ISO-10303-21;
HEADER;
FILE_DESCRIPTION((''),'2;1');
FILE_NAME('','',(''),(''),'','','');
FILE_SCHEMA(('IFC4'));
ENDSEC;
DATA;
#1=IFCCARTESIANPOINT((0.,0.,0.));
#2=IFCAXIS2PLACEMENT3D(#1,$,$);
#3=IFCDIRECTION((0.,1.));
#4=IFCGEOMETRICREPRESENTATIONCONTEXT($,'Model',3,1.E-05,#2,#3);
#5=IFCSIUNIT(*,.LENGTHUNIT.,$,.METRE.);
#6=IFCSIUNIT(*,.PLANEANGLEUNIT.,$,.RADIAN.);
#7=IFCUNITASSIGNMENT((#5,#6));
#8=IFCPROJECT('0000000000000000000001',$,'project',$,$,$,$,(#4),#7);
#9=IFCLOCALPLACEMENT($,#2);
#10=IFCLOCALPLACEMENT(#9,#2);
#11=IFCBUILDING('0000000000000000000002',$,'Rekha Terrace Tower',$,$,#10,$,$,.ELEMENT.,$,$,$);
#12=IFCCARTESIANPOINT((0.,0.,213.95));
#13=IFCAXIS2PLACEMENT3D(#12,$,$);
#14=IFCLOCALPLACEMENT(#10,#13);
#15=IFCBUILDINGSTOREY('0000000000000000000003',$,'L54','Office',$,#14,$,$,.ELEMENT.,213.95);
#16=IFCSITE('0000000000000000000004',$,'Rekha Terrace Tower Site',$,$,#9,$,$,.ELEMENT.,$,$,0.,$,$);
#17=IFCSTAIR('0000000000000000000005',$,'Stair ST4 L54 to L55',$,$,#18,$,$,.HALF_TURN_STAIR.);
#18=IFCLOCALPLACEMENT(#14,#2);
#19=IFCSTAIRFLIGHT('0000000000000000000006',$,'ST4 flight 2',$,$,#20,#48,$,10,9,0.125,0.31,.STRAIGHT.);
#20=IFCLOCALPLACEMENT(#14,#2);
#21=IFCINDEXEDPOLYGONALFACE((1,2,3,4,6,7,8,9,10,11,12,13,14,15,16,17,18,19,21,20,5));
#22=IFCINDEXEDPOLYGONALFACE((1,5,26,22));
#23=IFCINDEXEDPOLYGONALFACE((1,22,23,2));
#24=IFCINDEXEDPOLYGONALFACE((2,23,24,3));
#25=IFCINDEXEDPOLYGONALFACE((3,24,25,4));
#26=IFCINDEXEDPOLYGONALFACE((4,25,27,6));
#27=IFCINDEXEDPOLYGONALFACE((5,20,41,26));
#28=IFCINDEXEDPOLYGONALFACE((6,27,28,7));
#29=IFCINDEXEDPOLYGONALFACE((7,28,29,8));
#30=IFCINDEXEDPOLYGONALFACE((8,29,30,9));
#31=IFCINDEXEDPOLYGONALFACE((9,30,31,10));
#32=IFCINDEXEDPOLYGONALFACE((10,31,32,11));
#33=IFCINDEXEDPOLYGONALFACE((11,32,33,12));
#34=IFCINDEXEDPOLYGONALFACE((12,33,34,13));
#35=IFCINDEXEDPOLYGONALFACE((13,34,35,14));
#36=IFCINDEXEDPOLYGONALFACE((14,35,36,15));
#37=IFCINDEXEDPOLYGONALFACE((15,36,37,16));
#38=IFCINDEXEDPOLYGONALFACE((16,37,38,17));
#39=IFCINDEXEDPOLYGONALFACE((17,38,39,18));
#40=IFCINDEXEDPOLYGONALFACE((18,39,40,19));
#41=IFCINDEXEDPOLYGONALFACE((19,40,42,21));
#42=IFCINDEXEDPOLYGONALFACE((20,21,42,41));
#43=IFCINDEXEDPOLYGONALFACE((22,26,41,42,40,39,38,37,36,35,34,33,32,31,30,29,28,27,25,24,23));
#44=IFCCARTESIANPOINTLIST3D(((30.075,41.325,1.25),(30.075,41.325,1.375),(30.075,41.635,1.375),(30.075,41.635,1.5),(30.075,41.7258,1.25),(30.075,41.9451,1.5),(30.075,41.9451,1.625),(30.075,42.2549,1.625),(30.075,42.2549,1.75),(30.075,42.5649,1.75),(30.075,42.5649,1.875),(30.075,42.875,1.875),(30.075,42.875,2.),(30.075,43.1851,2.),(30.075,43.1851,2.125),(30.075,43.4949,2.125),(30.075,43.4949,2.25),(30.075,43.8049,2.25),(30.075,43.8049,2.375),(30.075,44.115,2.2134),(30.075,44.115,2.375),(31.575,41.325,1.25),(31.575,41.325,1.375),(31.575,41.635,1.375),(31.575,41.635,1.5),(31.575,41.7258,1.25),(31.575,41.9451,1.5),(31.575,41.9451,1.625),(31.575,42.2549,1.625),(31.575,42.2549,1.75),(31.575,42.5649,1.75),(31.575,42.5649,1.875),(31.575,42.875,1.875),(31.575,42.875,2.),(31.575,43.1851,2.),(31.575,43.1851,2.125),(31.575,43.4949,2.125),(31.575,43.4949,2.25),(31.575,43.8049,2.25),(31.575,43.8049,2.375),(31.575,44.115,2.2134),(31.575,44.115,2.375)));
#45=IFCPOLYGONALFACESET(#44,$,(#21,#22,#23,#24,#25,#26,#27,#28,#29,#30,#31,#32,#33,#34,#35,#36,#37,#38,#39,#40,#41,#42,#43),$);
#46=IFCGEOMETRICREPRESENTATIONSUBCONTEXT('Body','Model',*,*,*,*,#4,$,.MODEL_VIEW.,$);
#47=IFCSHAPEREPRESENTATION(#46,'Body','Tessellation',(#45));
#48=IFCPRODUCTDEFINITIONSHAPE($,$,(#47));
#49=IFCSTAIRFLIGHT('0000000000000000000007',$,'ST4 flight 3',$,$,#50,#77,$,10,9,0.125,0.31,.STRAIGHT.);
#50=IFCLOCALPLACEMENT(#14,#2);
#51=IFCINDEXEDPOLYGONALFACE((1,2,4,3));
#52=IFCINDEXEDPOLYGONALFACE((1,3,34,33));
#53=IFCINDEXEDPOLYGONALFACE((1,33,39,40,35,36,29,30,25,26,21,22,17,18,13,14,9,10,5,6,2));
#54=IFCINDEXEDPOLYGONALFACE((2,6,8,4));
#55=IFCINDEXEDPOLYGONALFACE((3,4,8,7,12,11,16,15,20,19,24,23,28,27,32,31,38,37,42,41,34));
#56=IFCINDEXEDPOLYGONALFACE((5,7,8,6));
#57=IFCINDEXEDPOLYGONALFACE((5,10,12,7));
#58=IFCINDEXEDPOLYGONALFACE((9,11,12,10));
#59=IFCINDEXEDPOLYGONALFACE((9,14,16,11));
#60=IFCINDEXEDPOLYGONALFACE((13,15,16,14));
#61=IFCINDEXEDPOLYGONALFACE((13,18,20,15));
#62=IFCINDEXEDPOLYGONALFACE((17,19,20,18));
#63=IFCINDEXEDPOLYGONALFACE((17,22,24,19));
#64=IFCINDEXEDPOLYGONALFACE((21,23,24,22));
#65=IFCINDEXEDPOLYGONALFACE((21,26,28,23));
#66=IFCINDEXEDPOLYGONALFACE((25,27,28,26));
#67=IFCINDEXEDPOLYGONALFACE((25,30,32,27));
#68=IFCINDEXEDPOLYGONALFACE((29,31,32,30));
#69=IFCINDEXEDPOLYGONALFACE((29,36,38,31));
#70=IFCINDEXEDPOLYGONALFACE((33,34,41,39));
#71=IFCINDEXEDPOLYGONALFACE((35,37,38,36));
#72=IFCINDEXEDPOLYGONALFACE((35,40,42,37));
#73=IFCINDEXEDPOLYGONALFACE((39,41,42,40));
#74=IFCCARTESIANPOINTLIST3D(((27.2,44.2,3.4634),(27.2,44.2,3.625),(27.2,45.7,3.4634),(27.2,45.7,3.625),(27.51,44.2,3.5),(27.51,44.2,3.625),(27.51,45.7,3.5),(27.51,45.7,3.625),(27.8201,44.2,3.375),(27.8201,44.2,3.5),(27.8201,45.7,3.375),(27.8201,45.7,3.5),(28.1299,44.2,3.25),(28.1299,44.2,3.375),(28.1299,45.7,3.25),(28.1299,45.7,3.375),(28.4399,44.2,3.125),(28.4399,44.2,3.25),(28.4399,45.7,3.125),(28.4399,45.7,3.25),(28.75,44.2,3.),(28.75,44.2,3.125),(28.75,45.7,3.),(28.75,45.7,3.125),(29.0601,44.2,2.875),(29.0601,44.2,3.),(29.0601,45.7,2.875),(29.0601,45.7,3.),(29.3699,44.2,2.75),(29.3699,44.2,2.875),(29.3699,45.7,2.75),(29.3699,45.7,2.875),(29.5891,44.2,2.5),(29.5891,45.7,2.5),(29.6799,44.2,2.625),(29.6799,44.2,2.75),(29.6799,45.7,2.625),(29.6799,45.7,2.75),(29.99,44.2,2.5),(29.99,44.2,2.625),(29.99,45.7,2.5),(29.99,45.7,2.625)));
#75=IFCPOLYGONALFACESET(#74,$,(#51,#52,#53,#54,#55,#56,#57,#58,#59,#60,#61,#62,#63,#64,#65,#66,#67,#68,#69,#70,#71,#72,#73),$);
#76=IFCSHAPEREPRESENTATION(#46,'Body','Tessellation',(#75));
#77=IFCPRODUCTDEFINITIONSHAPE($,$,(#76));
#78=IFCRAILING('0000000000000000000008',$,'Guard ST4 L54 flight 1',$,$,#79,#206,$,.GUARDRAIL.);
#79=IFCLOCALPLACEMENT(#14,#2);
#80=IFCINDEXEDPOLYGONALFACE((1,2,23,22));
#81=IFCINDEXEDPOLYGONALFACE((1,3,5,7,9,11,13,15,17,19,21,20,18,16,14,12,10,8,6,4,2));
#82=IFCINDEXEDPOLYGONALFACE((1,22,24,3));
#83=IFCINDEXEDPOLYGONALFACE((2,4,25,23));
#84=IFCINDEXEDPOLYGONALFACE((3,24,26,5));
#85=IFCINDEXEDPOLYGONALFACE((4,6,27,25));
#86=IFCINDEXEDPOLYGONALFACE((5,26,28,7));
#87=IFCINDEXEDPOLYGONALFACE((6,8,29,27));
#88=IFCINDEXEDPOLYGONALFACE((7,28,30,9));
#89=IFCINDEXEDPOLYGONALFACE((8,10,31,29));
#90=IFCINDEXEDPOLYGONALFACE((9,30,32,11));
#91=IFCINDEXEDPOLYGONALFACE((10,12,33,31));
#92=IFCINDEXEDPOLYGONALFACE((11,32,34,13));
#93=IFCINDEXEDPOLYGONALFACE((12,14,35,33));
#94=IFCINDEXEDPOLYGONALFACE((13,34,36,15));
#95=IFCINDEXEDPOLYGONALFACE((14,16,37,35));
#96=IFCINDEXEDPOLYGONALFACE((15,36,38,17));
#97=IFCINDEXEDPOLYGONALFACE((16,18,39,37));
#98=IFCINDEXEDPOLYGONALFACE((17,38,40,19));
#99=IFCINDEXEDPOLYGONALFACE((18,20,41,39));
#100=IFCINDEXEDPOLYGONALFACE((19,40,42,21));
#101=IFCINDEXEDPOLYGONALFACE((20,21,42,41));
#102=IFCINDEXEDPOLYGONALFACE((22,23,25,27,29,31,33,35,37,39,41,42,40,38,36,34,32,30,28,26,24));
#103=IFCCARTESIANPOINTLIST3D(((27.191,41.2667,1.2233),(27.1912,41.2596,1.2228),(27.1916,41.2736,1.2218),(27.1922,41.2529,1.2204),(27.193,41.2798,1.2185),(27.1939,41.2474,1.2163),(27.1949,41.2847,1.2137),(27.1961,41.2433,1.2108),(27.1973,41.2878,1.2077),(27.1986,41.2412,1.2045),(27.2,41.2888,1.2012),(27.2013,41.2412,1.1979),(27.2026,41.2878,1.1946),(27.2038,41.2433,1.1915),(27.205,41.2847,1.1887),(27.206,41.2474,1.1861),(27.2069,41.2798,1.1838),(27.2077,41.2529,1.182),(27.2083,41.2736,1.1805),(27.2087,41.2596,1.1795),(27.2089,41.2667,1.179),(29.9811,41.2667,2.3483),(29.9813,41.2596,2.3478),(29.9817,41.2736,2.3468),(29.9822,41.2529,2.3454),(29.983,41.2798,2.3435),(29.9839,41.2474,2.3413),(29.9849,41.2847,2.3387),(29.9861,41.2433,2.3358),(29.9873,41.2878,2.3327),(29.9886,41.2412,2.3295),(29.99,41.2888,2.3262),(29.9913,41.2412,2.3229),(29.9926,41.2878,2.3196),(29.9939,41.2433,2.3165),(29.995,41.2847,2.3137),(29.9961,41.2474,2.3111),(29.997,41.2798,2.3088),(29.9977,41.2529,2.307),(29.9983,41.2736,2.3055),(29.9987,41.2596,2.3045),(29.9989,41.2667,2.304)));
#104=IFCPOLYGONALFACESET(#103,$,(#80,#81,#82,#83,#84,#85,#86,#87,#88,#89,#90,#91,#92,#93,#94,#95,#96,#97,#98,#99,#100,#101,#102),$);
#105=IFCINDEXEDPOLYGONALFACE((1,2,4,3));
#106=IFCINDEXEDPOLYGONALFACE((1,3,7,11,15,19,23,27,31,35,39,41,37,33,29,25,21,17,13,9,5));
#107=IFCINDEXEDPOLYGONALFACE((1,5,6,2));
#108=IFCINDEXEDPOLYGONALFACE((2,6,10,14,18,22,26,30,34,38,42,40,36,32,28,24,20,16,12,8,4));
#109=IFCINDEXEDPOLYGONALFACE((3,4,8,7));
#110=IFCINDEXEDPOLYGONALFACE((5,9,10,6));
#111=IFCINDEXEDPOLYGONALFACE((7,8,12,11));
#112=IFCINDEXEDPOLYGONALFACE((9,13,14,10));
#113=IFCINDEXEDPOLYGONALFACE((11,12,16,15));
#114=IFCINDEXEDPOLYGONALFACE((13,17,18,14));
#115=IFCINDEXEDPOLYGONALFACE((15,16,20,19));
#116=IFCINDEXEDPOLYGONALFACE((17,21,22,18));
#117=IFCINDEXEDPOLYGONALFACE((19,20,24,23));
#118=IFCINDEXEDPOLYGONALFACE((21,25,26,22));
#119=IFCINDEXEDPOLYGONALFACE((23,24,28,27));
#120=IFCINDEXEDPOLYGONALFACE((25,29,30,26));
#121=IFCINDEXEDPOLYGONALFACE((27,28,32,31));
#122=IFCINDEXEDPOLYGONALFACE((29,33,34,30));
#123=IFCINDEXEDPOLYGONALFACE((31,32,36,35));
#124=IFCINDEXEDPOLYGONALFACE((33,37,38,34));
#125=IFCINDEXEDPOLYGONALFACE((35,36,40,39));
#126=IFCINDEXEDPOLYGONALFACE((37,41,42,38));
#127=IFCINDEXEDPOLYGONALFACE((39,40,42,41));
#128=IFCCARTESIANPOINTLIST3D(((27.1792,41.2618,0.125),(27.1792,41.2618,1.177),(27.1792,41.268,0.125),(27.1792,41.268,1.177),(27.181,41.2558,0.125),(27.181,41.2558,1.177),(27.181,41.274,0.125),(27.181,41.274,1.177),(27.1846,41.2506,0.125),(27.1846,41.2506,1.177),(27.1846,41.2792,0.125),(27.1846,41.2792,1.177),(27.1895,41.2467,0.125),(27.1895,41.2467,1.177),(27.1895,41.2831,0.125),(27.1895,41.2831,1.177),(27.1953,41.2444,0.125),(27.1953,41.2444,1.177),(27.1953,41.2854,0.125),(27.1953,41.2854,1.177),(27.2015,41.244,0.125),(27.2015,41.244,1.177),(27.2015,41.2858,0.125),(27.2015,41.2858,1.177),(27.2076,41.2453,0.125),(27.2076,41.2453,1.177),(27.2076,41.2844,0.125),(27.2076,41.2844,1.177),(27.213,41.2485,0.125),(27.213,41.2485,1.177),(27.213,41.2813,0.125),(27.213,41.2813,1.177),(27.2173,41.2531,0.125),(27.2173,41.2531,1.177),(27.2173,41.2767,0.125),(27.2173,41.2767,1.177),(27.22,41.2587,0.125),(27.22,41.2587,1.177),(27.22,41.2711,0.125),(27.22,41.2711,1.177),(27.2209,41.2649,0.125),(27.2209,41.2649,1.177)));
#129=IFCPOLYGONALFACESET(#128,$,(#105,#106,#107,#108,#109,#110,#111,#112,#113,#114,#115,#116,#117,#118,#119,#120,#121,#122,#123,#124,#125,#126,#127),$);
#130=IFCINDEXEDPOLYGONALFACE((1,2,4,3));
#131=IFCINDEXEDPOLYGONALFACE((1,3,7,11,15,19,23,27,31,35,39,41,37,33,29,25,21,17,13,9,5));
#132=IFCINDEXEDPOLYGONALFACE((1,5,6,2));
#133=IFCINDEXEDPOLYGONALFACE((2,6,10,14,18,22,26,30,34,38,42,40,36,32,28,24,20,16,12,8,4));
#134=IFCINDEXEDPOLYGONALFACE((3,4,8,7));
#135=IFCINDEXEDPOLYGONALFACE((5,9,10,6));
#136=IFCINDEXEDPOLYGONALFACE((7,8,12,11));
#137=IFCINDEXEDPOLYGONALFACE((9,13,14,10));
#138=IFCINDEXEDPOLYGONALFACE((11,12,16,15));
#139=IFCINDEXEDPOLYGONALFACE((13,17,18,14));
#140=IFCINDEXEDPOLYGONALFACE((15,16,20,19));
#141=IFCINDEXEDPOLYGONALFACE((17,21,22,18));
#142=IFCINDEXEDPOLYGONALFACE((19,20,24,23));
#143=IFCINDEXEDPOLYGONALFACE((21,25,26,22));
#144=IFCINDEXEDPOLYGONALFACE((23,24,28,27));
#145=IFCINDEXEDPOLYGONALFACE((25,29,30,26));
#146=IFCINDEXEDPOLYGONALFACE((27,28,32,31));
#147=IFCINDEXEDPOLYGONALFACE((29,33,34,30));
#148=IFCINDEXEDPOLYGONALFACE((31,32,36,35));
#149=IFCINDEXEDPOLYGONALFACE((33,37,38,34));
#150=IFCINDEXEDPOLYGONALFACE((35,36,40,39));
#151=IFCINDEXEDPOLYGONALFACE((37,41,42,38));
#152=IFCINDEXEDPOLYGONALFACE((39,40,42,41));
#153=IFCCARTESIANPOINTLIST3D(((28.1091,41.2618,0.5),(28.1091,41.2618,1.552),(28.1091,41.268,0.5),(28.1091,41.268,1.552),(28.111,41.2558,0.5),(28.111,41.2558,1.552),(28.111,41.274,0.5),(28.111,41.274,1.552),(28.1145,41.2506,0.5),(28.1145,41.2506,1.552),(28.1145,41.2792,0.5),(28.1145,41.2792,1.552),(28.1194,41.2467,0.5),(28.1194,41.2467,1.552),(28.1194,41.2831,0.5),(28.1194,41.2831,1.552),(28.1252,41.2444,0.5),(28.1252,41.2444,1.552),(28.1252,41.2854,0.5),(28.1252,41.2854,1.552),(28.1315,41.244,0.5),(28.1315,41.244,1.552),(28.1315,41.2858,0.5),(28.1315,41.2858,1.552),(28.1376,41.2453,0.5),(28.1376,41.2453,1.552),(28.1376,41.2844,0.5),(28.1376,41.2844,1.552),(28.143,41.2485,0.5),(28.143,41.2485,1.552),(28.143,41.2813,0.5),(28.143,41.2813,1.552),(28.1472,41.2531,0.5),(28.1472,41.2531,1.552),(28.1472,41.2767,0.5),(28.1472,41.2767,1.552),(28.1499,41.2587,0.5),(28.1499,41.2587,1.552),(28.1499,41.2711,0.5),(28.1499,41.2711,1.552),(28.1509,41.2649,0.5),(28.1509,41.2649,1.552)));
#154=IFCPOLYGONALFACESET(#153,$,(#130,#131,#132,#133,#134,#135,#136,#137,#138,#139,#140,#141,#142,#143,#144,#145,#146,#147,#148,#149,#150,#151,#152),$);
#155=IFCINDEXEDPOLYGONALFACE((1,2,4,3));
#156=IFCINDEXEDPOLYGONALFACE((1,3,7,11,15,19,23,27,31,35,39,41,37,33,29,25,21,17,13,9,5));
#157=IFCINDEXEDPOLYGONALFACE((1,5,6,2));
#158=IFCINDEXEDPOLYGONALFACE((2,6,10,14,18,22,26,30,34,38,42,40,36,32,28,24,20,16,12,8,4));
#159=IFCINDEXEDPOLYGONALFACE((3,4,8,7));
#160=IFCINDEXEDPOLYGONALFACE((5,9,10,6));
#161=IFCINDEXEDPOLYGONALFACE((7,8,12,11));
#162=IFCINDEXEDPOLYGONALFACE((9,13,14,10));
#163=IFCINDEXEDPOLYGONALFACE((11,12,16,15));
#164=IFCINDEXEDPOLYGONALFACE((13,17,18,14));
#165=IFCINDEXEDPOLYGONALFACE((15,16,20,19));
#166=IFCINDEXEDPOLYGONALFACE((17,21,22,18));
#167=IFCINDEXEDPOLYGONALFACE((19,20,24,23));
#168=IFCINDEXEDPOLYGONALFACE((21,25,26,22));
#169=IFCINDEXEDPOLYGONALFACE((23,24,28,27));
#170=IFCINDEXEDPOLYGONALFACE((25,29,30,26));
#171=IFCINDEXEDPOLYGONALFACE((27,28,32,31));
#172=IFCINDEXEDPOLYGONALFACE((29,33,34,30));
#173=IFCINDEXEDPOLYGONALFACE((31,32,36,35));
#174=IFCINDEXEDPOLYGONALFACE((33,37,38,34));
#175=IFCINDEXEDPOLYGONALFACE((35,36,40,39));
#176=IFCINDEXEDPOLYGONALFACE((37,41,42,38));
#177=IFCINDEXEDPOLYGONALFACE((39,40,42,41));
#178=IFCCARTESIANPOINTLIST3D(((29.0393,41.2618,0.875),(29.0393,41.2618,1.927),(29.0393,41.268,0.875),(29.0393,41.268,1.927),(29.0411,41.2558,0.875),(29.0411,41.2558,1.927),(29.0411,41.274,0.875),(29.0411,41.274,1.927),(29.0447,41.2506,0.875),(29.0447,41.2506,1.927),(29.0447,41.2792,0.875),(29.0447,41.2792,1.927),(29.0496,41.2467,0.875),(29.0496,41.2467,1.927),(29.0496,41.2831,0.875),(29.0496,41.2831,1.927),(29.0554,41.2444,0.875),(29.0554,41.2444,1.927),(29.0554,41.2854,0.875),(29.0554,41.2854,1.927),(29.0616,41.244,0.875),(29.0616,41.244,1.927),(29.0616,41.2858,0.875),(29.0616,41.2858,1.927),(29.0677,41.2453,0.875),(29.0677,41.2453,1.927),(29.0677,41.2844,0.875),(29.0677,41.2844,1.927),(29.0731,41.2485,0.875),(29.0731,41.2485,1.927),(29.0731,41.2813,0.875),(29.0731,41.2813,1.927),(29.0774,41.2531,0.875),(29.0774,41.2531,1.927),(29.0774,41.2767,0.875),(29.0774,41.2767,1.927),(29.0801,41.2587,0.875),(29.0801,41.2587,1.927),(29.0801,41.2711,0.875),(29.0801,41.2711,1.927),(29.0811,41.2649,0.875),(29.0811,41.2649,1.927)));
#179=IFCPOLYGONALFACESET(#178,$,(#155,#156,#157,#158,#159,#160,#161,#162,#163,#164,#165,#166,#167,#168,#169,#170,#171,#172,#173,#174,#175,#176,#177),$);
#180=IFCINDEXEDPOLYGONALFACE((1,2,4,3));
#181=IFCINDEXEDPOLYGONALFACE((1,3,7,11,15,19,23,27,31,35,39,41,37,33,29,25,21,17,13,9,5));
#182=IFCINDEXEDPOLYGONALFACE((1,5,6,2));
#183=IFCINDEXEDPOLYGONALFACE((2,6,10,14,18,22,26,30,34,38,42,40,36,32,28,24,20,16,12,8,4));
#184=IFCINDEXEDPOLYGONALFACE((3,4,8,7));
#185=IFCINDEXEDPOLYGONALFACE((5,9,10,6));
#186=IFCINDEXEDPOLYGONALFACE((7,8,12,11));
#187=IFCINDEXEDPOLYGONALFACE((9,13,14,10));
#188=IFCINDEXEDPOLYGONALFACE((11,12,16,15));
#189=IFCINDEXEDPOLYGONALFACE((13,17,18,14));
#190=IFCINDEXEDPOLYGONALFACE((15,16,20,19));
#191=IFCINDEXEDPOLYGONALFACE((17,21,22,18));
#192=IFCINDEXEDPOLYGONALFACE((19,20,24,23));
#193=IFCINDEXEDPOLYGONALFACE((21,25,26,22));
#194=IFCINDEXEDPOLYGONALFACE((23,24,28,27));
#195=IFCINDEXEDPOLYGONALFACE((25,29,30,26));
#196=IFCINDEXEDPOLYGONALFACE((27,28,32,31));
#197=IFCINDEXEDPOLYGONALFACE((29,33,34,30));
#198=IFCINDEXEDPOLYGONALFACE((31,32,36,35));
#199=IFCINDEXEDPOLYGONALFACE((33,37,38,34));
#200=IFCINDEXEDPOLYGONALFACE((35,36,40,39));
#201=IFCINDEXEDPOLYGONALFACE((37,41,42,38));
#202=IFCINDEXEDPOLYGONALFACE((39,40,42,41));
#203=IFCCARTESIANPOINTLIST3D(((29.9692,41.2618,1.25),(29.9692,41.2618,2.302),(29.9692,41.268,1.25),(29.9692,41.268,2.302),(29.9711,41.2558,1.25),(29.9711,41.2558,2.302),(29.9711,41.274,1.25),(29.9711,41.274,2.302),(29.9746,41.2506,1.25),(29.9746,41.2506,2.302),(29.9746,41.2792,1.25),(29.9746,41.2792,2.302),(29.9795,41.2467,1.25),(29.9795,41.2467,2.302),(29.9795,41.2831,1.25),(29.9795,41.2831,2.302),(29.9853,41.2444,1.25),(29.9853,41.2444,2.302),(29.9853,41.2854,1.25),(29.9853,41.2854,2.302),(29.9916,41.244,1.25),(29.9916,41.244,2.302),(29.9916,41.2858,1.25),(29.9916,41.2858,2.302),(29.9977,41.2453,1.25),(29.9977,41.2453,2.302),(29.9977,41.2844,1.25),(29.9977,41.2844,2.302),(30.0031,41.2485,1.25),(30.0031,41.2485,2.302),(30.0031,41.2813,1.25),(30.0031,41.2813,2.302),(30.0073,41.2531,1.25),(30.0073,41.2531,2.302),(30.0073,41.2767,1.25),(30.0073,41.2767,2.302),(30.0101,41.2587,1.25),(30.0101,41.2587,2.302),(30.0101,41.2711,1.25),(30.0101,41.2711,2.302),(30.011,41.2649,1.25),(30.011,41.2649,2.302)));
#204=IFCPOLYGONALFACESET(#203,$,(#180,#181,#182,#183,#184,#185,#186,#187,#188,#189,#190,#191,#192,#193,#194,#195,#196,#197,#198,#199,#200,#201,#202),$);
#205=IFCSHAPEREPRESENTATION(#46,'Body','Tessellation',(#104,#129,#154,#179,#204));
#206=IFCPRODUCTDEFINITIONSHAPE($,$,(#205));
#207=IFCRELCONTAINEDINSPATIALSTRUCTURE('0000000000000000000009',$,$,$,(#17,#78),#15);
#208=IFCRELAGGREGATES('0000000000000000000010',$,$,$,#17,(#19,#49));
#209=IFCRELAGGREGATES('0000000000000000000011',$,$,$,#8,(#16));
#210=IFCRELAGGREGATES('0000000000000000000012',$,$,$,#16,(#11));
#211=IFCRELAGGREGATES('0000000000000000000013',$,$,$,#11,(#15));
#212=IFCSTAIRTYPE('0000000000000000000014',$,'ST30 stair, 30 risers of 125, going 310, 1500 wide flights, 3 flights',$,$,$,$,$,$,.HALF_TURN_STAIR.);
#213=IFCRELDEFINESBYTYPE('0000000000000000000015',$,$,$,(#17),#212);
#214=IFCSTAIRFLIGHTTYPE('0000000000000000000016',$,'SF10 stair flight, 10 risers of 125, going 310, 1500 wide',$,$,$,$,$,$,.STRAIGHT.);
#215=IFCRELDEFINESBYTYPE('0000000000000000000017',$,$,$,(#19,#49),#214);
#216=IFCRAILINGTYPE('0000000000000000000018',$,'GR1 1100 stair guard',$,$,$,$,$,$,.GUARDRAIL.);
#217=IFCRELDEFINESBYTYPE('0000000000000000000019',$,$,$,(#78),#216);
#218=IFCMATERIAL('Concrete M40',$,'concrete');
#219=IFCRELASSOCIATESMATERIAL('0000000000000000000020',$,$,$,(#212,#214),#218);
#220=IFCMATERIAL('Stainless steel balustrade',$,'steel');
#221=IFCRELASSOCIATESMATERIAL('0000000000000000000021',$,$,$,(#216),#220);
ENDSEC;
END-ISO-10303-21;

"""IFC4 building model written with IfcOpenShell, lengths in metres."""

from ifc_helpers import new_model, si_unit, direction, frame, origin, origin_2d, place, context, subcontext, project, spatial, polyline, circle, outline, extrude, material, type_object, element, aggregate, save


model = new_model("IFC4")

# Units and contexts
model_context = context("Model", 3, precision=1e-05, world=origin(), true_north=direction((0.0, 1.0)))
body_context = subcontext(model_context, "Body", "Model", "MODEL_VIEW")
ifc_project = project(units=[si_unit("LENGTHUNIT", "METRE"), si_unit("PLANEANGLEUNIT", "RADIAN")], contexts=[model_context])

# Site, building, storey
site_placement = place(None, origin())
site = spatial("IfcSite", under=ifc_project, at=site_placement, Name="Rekha Terrace Tower Site", CompositionType="ELEMENT", RefElevation=0.0)
building_placement = place(site_placement, origin())
building = spatial("IfcBuilding", under=site, at=building_placement, Name="Rekha Terrace Tower", CompositionType="ELEMENT")
storey_placement = place(building_placement, frame((0.0, 0.0, 213.95)))
storey = spatial("IfcBuildingStorey", under=building, at=storey_placement, Name="L54", Description="Office", CompositionType="ELEMENT", Elevation=213.95)

# Stair, stair flights
ifc_material_1 = material(Name="Concrete M40", Category="concrete")
stair_type = type_object("IfcStairType", Name="ST30 stair, 30 risers of 125, going 310, 1500 wide flights, 3 flights", PredefinedType="HALF_TURN_STAIR", material=ifc_material_1)
stair_placement = place(storey_placement, origin())
stair = element("IfcStair", 1, at=stair_placement, inside=storey, type_object=stair_type, Name="Stair ST4 L54 to L55", PredefinedType="HALF_TURN_STAIR")
stair_flight_type = type_object("IfcStairFlightType", Name="SF10 stair flight, 10 risers of 125, going 310, 1500 wide", PredefinedType="STRAIGHT", material=ifc_material_1)
stair_flight_1_placement = place(storey_placement, frame((30.825, 41.325, 1.25), z_axis=(0.0, 0.0, 1.0), x_axis=(0.0, 1.0, 0.0)))
stair_flight_1 = element("IfcStairFlight", 2, at=stair_flight_1_placement, type_object=stair_flight_type, Name="ST4 flight 2", NumberOfRisers=10, NumberOfTreads=9, PredefinedType="STRAIGHT", RiserHeight=0.125, TreadLength=0.31, context=body_context, shape_type="SweptSolid", body=[
    extrude(outline(polyline([(0.0, 0.0), (0.0, 0.125), (0.3101, 0.125), (0.3101, 0.25), (0.6201, 0.25), (0.6201, 0.375), (0.9299, 0.375), (0.9299, 0.5), (1.24, 0.5), (1.24, 0.625), (1.55, 0.625), (1.55, 0.75), (1.8601, 0.75), (1.8601, 0.875), (2.1699, 0.875), (2.1699, 1.0), (2.48, 1.0), (2.48, 1.125), (2.79, 1.125), (2.79, 1.25), (2.79, 0.9634), (0.4009, 0.0), (0.0, 0.0)])), frame((0.0, 0.75, 0.0), z_axis=(0.0, -1.0, 0.0), x_axis=(1.0, 0.0, 0.0)), (0.0, 0.0, 1.0), 1.5),
])
stair_flight_2_placement = place(storey_placement, frame((29.99, 44.95, 2.5), z_axis=(0.0, 0.0, 1.0), x_axis=(-1.0, 0.0, 0.0)))
stair_flight_2 = element("IfcStairFlight", 3, at=stair_flight_2_placement, type_object=stair_flight_type, Name="ST4 flight 3", NumberOfRisers=10, NumberOfTreads=9, PredefinedType="STRAIGHT", RiserHeight=0.125, TreadLength=0.31, context=body_context, shape_type="SweptSolid", body=[
    extrude(outline(polyline([(0.0, 0.0), (0.0, 0.125), (0.3101, 0.125), (0.3101, 0.25), (0.6201, 0.25), (0.6201, 0.375), (0.9299, 0.375), (0.9299, 0.5), (1.24, 0.5), (1.24, 0.625), (1.55, 0.625), (1.55, 0.75), (1.8601, 0.75), (1.8601, 0.875), (2.1699, 0.875), (2.1699, 1.0), (2.48, 1.0), (2.48, 1.125), (2.79, 1.125), (2.79, 1.25), (2.79, 0.9634), (0.4009, 0.0), (0.0, 0.0)])), frame((0.0, 0.75, 0.0), z_axis=(0.0, -1.0, 0.0), x_axis=(1.0, 0.0, 0.0)), (0.0, 0.0, 1.0), 1.5),
])
aggregate(stair, [stair_flight_1, stair_flight_2])

# Railing
ifc_material_2 = material(Name="Stainless steel balustrade", Category="steel")
railing_type_1 = type_object("IfcRailingType", Name="GR1 1100 stair guard", PredefinedType="GUARDRAIL", material=ifc_material_2)
railing_1_placement = place(storey_placement, frame((27.2, 41.2649, 0.125)))
element("IfcRailing", 4, at=railing_1_placement, inside=storey, type_object=railing_type_1, Name="Guard ST4 L54 flight 1", PredefinedType="GUARDRAIL", context=body_context, shape_type="SweptSolid", body=[
    extrude(circle(Radius=0.0239, at=origin_2d()), frame((0.0, 0.0, 1.0762), z_axis=(0.927443, 0.0, 0.373964), x_axis=(0.0, 1.0, 0.0)), (0.0, 0.0, 1.0), 3.0083),
    extrude(circle(Radius=0.021, at=origin_2d()), origin(), (0.0, 0.0, 1.0), 1.052),
    extrude(circle(Radius=0.021, at=origin_2d()), frame((0.9299, 0.0, 0.375)), (0.0, 0.0, 1.0), 1.052),
    extrude(circle(Radius=0.021, at=origin_2d()), frame((1.8601, 0.0, 0.75)), (0.0, 0.0, 1.0), 1.052),
    extrude(circle(Radius=0.021, at=origin_2d()), frame((2.79, 0.0, 1.125)), (0.0, 0.0, 1.0), 1.052),
])

save(model, "model.ifc")
